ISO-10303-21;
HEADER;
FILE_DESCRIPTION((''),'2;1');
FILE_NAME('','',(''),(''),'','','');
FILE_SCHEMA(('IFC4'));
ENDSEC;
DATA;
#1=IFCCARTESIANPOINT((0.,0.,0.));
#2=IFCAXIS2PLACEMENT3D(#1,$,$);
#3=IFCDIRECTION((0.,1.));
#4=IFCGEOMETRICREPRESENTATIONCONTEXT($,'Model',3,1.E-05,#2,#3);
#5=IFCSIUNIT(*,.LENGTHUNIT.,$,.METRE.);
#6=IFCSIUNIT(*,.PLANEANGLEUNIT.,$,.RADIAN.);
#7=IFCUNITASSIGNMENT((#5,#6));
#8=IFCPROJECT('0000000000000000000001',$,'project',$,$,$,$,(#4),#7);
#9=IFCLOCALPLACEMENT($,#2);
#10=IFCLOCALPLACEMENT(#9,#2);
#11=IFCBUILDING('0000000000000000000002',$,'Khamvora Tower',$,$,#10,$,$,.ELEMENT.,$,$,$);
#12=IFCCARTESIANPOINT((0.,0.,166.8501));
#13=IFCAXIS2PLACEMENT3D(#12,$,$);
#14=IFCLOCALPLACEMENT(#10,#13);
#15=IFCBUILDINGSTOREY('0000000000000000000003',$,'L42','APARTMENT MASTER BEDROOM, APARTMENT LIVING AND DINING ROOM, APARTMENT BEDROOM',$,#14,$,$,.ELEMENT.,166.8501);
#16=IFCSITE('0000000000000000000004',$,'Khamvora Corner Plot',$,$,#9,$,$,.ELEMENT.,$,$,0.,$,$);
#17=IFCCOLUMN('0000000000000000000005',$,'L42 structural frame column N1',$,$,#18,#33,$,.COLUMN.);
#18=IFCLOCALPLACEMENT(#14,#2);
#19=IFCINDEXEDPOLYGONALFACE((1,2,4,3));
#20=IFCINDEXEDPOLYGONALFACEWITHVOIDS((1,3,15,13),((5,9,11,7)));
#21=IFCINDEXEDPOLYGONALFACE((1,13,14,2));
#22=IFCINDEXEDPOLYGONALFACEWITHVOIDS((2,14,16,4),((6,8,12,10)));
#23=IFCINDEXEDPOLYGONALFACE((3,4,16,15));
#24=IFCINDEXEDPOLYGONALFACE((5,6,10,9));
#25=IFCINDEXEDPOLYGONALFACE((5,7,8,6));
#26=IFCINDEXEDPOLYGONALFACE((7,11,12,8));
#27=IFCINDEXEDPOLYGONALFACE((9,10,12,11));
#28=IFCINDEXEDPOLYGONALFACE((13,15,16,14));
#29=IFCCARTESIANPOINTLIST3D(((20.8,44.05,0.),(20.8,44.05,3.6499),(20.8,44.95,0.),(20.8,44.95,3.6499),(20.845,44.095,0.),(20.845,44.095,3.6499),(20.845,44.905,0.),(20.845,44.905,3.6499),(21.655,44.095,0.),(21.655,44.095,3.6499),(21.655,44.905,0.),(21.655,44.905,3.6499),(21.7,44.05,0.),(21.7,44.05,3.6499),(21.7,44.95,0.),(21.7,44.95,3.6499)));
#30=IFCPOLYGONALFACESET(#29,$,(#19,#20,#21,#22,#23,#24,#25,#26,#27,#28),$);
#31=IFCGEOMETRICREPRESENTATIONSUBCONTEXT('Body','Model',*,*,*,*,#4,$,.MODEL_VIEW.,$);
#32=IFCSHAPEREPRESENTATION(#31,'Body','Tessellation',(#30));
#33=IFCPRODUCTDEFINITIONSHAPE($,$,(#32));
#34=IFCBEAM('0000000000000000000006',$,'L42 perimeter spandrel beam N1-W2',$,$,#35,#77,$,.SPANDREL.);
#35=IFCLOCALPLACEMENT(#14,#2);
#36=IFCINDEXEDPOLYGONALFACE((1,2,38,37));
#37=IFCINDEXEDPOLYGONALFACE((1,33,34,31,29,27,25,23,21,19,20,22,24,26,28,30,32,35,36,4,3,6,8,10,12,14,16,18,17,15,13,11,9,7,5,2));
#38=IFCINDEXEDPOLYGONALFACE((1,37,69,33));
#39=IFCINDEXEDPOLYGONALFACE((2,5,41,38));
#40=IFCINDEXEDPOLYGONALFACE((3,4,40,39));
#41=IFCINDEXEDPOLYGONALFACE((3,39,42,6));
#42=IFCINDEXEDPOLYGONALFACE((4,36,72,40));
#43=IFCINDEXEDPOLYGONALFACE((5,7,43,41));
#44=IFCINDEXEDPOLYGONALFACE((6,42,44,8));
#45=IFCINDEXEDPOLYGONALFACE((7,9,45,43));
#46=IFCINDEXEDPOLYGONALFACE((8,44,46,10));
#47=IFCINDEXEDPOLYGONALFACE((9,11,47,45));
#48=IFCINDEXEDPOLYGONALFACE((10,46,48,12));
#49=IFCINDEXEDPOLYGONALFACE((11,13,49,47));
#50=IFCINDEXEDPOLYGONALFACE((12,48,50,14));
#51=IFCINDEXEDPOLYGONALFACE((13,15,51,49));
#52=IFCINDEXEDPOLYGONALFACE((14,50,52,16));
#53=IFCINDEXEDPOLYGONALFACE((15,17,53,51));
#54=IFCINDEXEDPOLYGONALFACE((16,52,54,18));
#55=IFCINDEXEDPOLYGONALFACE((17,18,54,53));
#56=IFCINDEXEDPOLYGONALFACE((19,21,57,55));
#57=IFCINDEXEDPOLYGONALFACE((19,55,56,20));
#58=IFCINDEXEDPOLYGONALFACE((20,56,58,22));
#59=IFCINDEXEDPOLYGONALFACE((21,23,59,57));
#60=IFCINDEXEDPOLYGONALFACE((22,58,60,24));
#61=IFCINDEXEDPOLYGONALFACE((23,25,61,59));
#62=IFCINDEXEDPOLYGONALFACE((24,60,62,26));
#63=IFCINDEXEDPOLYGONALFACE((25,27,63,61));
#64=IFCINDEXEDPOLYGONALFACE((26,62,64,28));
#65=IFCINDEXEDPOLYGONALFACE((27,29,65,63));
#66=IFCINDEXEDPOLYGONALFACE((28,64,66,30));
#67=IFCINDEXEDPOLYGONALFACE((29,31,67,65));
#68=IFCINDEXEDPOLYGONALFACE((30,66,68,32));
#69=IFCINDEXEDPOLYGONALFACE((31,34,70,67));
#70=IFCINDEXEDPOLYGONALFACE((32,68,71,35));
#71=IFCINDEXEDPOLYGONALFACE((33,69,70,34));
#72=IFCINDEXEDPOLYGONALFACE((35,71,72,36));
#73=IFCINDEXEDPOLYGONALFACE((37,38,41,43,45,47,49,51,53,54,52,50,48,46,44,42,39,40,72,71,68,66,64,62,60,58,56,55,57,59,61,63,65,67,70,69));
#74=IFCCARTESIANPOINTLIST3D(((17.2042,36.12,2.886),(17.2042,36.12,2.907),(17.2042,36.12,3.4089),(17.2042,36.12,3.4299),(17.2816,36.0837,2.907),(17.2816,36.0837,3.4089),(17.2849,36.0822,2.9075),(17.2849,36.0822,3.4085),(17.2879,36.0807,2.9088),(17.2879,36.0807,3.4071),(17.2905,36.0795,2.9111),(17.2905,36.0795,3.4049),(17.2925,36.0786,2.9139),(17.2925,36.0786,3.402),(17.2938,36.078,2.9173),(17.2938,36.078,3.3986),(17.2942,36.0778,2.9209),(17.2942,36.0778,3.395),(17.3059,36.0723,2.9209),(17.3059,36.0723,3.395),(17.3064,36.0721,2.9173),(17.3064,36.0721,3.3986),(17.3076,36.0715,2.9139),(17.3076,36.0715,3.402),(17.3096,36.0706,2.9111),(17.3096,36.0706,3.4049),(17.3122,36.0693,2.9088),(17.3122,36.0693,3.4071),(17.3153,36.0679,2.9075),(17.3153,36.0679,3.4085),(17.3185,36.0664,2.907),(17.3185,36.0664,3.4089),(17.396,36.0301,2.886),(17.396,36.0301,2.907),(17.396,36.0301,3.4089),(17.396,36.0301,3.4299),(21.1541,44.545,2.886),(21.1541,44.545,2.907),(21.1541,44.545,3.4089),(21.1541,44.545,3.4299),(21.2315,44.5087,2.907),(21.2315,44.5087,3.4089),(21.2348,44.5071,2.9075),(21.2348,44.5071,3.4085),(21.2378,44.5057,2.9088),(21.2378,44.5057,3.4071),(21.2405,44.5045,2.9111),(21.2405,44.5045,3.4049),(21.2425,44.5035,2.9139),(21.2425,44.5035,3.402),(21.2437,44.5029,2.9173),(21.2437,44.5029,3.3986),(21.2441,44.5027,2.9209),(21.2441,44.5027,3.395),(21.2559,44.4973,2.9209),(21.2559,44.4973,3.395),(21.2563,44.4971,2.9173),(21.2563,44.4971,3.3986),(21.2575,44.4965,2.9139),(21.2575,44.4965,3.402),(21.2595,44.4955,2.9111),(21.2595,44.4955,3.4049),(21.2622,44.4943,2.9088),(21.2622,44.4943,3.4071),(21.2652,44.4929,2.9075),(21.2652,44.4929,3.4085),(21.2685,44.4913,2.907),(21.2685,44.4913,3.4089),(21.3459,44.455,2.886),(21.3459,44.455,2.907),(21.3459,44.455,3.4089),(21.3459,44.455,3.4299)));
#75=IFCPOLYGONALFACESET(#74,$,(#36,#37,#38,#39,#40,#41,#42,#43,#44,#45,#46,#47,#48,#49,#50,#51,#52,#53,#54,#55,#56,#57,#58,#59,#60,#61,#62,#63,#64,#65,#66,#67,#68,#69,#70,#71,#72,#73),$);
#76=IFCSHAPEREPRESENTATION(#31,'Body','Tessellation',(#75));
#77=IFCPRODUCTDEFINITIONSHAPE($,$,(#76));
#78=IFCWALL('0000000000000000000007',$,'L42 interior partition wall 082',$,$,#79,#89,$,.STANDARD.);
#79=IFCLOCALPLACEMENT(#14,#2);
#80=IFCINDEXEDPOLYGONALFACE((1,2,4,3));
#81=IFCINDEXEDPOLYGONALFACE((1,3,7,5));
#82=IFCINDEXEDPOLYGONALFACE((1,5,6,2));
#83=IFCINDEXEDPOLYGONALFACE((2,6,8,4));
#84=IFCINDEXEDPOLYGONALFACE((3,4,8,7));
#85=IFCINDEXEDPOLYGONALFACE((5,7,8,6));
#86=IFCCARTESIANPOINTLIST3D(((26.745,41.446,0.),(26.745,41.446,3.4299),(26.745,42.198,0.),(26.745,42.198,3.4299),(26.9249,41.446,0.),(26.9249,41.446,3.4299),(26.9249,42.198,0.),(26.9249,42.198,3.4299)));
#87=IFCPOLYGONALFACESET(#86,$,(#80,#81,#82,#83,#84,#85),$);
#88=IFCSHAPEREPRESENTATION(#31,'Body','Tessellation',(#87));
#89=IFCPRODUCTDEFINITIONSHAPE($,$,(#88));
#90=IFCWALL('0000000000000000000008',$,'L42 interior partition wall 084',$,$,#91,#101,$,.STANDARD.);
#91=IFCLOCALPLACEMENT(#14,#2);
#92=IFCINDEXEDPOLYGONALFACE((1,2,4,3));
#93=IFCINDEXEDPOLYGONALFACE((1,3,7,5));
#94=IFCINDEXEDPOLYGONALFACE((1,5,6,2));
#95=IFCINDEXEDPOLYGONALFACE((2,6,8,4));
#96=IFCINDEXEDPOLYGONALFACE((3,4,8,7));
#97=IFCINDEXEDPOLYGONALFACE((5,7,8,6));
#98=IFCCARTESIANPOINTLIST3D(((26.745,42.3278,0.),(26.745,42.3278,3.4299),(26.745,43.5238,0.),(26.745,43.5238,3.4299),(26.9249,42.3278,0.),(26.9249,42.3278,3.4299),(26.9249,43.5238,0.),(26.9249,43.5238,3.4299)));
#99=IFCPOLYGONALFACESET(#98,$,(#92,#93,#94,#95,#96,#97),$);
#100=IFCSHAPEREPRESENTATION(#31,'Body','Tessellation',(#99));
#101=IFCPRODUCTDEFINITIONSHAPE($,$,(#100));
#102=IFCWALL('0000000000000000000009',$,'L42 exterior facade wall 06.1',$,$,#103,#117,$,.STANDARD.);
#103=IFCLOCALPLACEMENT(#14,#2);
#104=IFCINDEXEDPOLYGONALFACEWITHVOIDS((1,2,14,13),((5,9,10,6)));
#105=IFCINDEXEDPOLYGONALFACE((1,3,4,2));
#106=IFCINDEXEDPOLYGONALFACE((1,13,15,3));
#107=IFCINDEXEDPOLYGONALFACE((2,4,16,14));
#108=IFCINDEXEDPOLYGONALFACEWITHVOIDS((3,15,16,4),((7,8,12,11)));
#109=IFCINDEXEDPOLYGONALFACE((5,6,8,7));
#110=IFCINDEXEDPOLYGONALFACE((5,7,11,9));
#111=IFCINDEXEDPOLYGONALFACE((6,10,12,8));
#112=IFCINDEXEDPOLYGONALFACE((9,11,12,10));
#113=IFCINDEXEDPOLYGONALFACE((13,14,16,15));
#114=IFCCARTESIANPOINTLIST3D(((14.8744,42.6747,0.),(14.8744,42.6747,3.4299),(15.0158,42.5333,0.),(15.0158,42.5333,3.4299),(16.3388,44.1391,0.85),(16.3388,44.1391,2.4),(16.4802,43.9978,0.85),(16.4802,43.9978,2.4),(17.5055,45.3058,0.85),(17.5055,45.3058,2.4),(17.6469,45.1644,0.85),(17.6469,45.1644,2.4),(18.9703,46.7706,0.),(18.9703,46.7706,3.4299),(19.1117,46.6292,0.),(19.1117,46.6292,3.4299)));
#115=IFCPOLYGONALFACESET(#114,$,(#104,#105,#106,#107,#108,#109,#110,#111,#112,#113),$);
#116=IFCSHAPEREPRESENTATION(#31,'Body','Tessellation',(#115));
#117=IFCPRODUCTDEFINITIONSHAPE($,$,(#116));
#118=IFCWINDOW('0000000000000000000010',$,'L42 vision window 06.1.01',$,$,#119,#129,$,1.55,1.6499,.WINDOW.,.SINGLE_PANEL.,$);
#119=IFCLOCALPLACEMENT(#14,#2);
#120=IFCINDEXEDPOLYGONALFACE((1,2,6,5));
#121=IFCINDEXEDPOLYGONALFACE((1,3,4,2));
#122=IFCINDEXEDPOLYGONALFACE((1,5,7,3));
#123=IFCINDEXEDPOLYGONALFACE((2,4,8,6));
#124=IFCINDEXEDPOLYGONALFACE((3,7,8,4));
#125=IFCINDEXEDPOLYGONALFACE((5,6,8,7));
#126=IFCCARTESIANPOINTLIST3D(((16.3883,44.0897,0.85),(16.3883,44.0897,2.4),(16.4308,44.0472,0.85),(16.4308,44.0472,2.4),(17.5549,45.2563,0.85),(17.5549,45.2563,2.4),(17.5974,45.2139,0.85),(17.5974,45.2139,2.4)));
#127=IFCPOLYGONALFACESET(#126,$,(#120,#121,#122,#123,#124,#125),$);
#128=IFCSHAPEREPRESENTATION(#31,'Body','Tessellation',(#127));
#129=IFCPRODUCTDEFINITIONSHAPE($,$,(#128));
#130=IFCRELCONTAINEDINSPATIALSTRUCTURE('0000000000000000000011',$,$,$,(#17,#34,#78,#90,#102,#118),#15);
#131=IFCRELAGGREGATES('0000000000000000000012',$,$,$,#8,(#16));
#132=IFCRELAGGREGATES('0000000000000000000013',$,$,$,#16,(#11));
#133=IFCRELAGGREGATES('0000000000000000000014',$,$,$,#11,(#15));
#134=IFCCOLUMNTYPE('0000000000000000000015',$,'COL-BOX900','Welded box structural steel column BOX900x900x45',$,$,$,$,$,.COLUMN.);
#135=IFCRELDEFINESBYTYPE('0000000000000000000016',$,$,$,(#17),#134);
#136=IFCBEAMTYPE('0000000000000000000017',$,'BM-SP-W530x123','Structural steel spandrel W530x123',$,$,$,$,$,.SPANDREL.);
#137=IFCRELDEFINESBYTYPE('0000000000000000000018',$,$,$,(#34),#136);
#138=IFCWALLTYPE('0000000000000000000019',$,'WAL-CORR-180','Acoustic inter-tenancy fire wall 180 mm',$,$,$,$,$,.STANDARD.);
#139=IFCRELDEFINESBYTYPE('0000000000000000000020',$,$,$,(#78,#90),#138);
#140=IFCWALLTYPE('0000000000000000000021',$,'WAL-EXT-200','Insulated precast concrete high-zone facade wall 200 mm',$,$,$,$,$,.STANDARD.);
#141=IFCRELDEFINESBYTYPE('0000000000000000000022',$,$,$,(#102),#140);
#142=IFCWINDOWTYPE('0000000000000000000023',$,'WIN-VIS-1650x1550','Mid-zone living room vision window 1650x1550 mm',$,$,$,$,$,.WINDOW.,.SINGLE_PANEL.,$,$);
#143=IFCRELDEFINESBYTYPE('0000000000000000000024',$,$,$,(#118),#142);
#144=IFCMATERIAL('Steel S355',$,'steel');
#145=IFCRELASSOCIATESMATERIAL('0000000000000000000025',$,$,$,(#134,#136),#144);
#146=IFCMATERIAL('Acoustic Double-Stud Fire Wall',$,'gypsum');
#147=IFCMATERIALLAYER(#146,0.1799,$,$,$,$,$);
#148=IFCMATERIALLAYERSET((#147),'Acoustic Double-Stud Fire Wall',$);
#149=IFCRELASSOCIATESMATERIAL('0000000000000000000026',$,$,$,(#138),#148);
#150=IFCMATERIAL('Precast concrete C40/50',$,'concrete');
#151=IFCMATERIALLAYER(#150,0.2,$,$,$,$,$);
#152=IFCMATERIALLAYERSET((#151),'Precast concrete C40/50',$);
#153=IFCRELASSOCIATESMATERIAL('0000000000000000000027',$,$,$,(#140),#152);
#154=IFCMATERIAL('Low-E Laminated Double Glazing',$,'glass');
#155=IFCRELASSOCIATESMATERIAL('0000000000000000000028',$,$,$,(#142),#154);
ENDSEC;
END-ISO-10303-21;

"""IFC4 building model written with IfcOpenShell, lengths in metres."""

from ifc_helpers import new_model, si_unit, direction, frame, frame_2d, origin, origin_2d, place, context, subcontext, project, spatial, rectangle, hollow_rectangle, i_section, extrude, material, layer, layer_set, material_profile, profile_set, type_object, element, fill, save


model = new_model("IFC4")

# Units and contexts
model_context = context("Model", 3, precision=1e-05, world=origin(), true_north=direction((0.0, 1.0)))
body_context = subcontext(model_context, "Body", "Model", "MODEL_VIEW")
ifc_project = project(units=[si_unit("LENGTHUNIT", "METRE"), si_unit("PLANEANGLEUNIT", "RADIAN")], contexts=[model_context])

# Site, building, storey
site_placement = place(None, origin())
site = spatial("IfcSite", under=ifc_project, at=site_placement, Name="Khamvora Corner Plot", CompositionType="ELEMENT", RefElevation=0.0)
building_placement = place(site_placement, origin())
building = spatial("IfcBuilding", under=site, at=building_placement, Name="Khamvora Tower", CompositionType="ELEMENT")
storey_placement = place(building_placement, frame((0.0, 0.0, 166.8501)))
storey = spatial("IfcBuildingStorey", under=building, at=storey_placement, Name="L42", Description="APARTMENT MASTER BEDROOM, APARTMENT LIVING AND DINING ROOM, APARTMENT BEDROOM", CompositionType="ELEMENT", Elevation=166.8501)

# Column
ifc_material_1 = material(Name="Steel S355", Category="steel")
ifc_material_profile_1 = material_profile(ifc_material_1, hollow_rectangle(XDim=0.8999, YDim=0.8999, WallThickness=0.0449, at=origin_2d()), Name="BOX900x900x45")
ifc_profile_set_1 = profile_set([ifc_material_profile_1], Name="Steel S355")
column_type = type_object("IfcColumnType", Name="COL-BOX900", Description="Welded box structural steel column BOX900x900x45", PredefinedType="COLUMN", material=ifc_profile_set_1)
column_placement = place(storey_placement, frame((21.25, 44.5, 0.0), z_axis=(0.0, 0.0, 1.0), x_axis=(1.0, 0.0, 0.0)))
element("IfcColumn", 1, at=column_placement, inside=storey, type_object=column_type, Name="L42 structural frame column N1", PredefinedType="COLUMN", context=body_context, shape_type="SweptSolid", body=[
    extrude(hollow_rectangle(XDim=0.8999, YDim=0.8999, WallThickness=0.0449, at=origin_2d()), origin(), (0.0, 0.0, 1.0), 3.6499),
])

# Beam
ifc_material_profile_2 = material_profile(ifc_material_1, i_section(OverallWidth=0.2119, OverallDepth=0.5439, WebThickness=0.0129, FlangeThickness=0.021, FilletRadius=0.0139, at=origin_2d()), Name="W530x123")
ifc_profile_set_2 = profile_set([ifc_material_profile_2], Name="Steel S355")
beam_type = type_object("IfcBeamType", Name="BM-SP-W530x123", Description="Structural steel spandrel W530x123", PredefinedType="SPANDREL", material=ifc_profile_set_2)
beam_placement = place(storey_placement, frame((21.25, 44.5, 3.158), z_axis=(-0.424496, -0.90543, 0.0), x_axis=(0.90543, -0.424496, 0.0)))
element("IfcBeam", 2, at=beam_placement, inside=storey, type_object=beam_type, Name="L42 perimeter spandrel beam N1-W2", PredefinedType="SPANDREL", context=body_context, shape_type="SweptSolid", body=[
    extrude(i_section(OverallWidth=0.2119, OverallDepth=0.5439, WebThickness=0.0129, FlangeThickness=0.021, FilletRadius=0.0139, at=origin_2d()), origin(), (0.0, 0.0, 1.0), 9.3049),
])

# Walls
ifc_material_2 = material(Name="Acoustic Double-Stud Fire Wall", Category="gypsum")
ifc_layer_1 = layer(ifc_material_2, 0.1799)
ifc_layer_set_1 = layer_set([ifc_layer_1], Name="Acoustic Double-Stud Fire Wall")
wall_type_1 = type_object("IfcWallType", Name="WAL-CORR-180", Description="Acoustic inter-tenancy fire wall 180 mm", PredefinedType="STANDARD", material=ifc_layer_set_1)
wall_1_placement = place(storey_placement, frame((26.835, 42.198, 0.0), z_axis=(0.0, 0.0, 1.0), x_axis=(0.0, -1.0, 0.0)))
element("IfcWall", 3, at=wall_1_placement, inside=storey, type_object=wall_type_1, Name="L42 interior partition wall 082", PredefinedType="STANDARD", context=body_context, shape_type="SweptSolid", body=[
    extrude(rectangle(XDim=0.752, YDim=0.1799, at=frame_2d((0.376, 0.0))), origin(), (0.0, 0.0, 1.0), 3.4299),
])
wall_2_placement = place(storey_placement, frame((26.835, 43.5239, 0.0), z_axis=(0.0, 0.0, 1.0), x_axis=(0.0, -1.0, 0.0)))
element("IfcWall", 4, at=wall_2_placement, inside=storey, type_object=wall_type_1, Name="L42 interior partition wall 084", PredefinedType="STANDARD", context=body_context, shape_type="SweptSolid", body=[
    extrude(rectangle(XDim=1.196, YDim=0.1799, at=frame_2d((0.5981, 0.0))), origin(), (0.0, 0.0, 1.0), 3.4299),
])

# Wall, opening, window
ifc_material_3 = material(Name="Precast concrete C40/50", Category="concrete")
ifc_layer_2 = layer(ifc_material_3, 0.2)
ifc_layer_set_2 = layer_set([ifc_layer_2], Name="Precast concrete C40/50")
wall_type_2 = type_object("IfcWallType", Name="WAL-EXT-200", Description="Insulated precast concrete high-zone facade wall 200 mm", PredefinedType="STANDARD", material=ifc_layer_set_2)
wall_3_placement = place(storey_placement, frame((14.9451, 42.604, 0.0), z_axis=(0.0, 0.0, 1.0), x_axis=(0.707107, 0.707107, 0.0)))
wall_3 = element("IfcWall", 5, at=wall_3_placement, inside=storey, type_object=wall_type_2, Name="L42 exterior facade wall 06.1", PredefinedType="STANDARD", context=body_context, shape_type="SweptSolid", body=[
    extrude(rectangle(XDim=5.7925, YDim=0.2, at=frame_2d((2.8962, 0.0))), origin(), (0.0, 0.0, 1.0), 3.4299),
])
opening_1_placement = place(wall_3_placement, frame((2.071, 0.0, 0.8501)))
opening_1 = element("IfcOpeningElement", 6, at=opening_1_placement, cuts=wall_3, PredefinedType="OPENING", context=body_context, shape_type="SweptSolid", body=[
    extrude(rectangle(XDim=1.6499, YDim=1.55, at=frame_2d((0.825, 0.7749))), frame((0.0, 0.1099, 0.0), z_axis=(0.0, -1.0, 0.0), x_axis=(1.0, 0.0, 0.0)), (0.0, 0.0, 1.0), 0.22),
])
ifc_material_4 = material(Name="Low-E Laminated Double Glazing", Category="glass")
window_type_1 = type_object("IfcWindowType", Name="WIN-VIS-1650x1550", Description="Mid-zone living room vision window 1650x1550 mm", PartitioningType="SINGLE_PANEL", PredefinedType="WINDOW", material=ifc_material_4)
window_1_placement = place(opening_1_placement, origin())
window_1 = element("IfcWindow", 7, at=window_1_placement, inside=storey, type_object=window_type_1, Name="L42 vision window 06.1.01", OverallHeight=1.55, OverallWidth=1.6499, PartitioningType="SINGLE_PANEL", PredefinedType="WINDOW", context=body_context, shape_type="SweptSolid", body=[
    extrude(rectangle(XDim=1.6499, YDim=1.55, at=frame_2d((0.825, 0.7749))), frame((0.0, 0.03, 0.0), z_axis=(0.0, -1.0, 0.0), x_axis=(1.0, 0.0, 0.0)), (0.0, 0.0, 1.0), 0.0601),
])
fill(opening_1, window_1)

save(model, "model.ifc")
